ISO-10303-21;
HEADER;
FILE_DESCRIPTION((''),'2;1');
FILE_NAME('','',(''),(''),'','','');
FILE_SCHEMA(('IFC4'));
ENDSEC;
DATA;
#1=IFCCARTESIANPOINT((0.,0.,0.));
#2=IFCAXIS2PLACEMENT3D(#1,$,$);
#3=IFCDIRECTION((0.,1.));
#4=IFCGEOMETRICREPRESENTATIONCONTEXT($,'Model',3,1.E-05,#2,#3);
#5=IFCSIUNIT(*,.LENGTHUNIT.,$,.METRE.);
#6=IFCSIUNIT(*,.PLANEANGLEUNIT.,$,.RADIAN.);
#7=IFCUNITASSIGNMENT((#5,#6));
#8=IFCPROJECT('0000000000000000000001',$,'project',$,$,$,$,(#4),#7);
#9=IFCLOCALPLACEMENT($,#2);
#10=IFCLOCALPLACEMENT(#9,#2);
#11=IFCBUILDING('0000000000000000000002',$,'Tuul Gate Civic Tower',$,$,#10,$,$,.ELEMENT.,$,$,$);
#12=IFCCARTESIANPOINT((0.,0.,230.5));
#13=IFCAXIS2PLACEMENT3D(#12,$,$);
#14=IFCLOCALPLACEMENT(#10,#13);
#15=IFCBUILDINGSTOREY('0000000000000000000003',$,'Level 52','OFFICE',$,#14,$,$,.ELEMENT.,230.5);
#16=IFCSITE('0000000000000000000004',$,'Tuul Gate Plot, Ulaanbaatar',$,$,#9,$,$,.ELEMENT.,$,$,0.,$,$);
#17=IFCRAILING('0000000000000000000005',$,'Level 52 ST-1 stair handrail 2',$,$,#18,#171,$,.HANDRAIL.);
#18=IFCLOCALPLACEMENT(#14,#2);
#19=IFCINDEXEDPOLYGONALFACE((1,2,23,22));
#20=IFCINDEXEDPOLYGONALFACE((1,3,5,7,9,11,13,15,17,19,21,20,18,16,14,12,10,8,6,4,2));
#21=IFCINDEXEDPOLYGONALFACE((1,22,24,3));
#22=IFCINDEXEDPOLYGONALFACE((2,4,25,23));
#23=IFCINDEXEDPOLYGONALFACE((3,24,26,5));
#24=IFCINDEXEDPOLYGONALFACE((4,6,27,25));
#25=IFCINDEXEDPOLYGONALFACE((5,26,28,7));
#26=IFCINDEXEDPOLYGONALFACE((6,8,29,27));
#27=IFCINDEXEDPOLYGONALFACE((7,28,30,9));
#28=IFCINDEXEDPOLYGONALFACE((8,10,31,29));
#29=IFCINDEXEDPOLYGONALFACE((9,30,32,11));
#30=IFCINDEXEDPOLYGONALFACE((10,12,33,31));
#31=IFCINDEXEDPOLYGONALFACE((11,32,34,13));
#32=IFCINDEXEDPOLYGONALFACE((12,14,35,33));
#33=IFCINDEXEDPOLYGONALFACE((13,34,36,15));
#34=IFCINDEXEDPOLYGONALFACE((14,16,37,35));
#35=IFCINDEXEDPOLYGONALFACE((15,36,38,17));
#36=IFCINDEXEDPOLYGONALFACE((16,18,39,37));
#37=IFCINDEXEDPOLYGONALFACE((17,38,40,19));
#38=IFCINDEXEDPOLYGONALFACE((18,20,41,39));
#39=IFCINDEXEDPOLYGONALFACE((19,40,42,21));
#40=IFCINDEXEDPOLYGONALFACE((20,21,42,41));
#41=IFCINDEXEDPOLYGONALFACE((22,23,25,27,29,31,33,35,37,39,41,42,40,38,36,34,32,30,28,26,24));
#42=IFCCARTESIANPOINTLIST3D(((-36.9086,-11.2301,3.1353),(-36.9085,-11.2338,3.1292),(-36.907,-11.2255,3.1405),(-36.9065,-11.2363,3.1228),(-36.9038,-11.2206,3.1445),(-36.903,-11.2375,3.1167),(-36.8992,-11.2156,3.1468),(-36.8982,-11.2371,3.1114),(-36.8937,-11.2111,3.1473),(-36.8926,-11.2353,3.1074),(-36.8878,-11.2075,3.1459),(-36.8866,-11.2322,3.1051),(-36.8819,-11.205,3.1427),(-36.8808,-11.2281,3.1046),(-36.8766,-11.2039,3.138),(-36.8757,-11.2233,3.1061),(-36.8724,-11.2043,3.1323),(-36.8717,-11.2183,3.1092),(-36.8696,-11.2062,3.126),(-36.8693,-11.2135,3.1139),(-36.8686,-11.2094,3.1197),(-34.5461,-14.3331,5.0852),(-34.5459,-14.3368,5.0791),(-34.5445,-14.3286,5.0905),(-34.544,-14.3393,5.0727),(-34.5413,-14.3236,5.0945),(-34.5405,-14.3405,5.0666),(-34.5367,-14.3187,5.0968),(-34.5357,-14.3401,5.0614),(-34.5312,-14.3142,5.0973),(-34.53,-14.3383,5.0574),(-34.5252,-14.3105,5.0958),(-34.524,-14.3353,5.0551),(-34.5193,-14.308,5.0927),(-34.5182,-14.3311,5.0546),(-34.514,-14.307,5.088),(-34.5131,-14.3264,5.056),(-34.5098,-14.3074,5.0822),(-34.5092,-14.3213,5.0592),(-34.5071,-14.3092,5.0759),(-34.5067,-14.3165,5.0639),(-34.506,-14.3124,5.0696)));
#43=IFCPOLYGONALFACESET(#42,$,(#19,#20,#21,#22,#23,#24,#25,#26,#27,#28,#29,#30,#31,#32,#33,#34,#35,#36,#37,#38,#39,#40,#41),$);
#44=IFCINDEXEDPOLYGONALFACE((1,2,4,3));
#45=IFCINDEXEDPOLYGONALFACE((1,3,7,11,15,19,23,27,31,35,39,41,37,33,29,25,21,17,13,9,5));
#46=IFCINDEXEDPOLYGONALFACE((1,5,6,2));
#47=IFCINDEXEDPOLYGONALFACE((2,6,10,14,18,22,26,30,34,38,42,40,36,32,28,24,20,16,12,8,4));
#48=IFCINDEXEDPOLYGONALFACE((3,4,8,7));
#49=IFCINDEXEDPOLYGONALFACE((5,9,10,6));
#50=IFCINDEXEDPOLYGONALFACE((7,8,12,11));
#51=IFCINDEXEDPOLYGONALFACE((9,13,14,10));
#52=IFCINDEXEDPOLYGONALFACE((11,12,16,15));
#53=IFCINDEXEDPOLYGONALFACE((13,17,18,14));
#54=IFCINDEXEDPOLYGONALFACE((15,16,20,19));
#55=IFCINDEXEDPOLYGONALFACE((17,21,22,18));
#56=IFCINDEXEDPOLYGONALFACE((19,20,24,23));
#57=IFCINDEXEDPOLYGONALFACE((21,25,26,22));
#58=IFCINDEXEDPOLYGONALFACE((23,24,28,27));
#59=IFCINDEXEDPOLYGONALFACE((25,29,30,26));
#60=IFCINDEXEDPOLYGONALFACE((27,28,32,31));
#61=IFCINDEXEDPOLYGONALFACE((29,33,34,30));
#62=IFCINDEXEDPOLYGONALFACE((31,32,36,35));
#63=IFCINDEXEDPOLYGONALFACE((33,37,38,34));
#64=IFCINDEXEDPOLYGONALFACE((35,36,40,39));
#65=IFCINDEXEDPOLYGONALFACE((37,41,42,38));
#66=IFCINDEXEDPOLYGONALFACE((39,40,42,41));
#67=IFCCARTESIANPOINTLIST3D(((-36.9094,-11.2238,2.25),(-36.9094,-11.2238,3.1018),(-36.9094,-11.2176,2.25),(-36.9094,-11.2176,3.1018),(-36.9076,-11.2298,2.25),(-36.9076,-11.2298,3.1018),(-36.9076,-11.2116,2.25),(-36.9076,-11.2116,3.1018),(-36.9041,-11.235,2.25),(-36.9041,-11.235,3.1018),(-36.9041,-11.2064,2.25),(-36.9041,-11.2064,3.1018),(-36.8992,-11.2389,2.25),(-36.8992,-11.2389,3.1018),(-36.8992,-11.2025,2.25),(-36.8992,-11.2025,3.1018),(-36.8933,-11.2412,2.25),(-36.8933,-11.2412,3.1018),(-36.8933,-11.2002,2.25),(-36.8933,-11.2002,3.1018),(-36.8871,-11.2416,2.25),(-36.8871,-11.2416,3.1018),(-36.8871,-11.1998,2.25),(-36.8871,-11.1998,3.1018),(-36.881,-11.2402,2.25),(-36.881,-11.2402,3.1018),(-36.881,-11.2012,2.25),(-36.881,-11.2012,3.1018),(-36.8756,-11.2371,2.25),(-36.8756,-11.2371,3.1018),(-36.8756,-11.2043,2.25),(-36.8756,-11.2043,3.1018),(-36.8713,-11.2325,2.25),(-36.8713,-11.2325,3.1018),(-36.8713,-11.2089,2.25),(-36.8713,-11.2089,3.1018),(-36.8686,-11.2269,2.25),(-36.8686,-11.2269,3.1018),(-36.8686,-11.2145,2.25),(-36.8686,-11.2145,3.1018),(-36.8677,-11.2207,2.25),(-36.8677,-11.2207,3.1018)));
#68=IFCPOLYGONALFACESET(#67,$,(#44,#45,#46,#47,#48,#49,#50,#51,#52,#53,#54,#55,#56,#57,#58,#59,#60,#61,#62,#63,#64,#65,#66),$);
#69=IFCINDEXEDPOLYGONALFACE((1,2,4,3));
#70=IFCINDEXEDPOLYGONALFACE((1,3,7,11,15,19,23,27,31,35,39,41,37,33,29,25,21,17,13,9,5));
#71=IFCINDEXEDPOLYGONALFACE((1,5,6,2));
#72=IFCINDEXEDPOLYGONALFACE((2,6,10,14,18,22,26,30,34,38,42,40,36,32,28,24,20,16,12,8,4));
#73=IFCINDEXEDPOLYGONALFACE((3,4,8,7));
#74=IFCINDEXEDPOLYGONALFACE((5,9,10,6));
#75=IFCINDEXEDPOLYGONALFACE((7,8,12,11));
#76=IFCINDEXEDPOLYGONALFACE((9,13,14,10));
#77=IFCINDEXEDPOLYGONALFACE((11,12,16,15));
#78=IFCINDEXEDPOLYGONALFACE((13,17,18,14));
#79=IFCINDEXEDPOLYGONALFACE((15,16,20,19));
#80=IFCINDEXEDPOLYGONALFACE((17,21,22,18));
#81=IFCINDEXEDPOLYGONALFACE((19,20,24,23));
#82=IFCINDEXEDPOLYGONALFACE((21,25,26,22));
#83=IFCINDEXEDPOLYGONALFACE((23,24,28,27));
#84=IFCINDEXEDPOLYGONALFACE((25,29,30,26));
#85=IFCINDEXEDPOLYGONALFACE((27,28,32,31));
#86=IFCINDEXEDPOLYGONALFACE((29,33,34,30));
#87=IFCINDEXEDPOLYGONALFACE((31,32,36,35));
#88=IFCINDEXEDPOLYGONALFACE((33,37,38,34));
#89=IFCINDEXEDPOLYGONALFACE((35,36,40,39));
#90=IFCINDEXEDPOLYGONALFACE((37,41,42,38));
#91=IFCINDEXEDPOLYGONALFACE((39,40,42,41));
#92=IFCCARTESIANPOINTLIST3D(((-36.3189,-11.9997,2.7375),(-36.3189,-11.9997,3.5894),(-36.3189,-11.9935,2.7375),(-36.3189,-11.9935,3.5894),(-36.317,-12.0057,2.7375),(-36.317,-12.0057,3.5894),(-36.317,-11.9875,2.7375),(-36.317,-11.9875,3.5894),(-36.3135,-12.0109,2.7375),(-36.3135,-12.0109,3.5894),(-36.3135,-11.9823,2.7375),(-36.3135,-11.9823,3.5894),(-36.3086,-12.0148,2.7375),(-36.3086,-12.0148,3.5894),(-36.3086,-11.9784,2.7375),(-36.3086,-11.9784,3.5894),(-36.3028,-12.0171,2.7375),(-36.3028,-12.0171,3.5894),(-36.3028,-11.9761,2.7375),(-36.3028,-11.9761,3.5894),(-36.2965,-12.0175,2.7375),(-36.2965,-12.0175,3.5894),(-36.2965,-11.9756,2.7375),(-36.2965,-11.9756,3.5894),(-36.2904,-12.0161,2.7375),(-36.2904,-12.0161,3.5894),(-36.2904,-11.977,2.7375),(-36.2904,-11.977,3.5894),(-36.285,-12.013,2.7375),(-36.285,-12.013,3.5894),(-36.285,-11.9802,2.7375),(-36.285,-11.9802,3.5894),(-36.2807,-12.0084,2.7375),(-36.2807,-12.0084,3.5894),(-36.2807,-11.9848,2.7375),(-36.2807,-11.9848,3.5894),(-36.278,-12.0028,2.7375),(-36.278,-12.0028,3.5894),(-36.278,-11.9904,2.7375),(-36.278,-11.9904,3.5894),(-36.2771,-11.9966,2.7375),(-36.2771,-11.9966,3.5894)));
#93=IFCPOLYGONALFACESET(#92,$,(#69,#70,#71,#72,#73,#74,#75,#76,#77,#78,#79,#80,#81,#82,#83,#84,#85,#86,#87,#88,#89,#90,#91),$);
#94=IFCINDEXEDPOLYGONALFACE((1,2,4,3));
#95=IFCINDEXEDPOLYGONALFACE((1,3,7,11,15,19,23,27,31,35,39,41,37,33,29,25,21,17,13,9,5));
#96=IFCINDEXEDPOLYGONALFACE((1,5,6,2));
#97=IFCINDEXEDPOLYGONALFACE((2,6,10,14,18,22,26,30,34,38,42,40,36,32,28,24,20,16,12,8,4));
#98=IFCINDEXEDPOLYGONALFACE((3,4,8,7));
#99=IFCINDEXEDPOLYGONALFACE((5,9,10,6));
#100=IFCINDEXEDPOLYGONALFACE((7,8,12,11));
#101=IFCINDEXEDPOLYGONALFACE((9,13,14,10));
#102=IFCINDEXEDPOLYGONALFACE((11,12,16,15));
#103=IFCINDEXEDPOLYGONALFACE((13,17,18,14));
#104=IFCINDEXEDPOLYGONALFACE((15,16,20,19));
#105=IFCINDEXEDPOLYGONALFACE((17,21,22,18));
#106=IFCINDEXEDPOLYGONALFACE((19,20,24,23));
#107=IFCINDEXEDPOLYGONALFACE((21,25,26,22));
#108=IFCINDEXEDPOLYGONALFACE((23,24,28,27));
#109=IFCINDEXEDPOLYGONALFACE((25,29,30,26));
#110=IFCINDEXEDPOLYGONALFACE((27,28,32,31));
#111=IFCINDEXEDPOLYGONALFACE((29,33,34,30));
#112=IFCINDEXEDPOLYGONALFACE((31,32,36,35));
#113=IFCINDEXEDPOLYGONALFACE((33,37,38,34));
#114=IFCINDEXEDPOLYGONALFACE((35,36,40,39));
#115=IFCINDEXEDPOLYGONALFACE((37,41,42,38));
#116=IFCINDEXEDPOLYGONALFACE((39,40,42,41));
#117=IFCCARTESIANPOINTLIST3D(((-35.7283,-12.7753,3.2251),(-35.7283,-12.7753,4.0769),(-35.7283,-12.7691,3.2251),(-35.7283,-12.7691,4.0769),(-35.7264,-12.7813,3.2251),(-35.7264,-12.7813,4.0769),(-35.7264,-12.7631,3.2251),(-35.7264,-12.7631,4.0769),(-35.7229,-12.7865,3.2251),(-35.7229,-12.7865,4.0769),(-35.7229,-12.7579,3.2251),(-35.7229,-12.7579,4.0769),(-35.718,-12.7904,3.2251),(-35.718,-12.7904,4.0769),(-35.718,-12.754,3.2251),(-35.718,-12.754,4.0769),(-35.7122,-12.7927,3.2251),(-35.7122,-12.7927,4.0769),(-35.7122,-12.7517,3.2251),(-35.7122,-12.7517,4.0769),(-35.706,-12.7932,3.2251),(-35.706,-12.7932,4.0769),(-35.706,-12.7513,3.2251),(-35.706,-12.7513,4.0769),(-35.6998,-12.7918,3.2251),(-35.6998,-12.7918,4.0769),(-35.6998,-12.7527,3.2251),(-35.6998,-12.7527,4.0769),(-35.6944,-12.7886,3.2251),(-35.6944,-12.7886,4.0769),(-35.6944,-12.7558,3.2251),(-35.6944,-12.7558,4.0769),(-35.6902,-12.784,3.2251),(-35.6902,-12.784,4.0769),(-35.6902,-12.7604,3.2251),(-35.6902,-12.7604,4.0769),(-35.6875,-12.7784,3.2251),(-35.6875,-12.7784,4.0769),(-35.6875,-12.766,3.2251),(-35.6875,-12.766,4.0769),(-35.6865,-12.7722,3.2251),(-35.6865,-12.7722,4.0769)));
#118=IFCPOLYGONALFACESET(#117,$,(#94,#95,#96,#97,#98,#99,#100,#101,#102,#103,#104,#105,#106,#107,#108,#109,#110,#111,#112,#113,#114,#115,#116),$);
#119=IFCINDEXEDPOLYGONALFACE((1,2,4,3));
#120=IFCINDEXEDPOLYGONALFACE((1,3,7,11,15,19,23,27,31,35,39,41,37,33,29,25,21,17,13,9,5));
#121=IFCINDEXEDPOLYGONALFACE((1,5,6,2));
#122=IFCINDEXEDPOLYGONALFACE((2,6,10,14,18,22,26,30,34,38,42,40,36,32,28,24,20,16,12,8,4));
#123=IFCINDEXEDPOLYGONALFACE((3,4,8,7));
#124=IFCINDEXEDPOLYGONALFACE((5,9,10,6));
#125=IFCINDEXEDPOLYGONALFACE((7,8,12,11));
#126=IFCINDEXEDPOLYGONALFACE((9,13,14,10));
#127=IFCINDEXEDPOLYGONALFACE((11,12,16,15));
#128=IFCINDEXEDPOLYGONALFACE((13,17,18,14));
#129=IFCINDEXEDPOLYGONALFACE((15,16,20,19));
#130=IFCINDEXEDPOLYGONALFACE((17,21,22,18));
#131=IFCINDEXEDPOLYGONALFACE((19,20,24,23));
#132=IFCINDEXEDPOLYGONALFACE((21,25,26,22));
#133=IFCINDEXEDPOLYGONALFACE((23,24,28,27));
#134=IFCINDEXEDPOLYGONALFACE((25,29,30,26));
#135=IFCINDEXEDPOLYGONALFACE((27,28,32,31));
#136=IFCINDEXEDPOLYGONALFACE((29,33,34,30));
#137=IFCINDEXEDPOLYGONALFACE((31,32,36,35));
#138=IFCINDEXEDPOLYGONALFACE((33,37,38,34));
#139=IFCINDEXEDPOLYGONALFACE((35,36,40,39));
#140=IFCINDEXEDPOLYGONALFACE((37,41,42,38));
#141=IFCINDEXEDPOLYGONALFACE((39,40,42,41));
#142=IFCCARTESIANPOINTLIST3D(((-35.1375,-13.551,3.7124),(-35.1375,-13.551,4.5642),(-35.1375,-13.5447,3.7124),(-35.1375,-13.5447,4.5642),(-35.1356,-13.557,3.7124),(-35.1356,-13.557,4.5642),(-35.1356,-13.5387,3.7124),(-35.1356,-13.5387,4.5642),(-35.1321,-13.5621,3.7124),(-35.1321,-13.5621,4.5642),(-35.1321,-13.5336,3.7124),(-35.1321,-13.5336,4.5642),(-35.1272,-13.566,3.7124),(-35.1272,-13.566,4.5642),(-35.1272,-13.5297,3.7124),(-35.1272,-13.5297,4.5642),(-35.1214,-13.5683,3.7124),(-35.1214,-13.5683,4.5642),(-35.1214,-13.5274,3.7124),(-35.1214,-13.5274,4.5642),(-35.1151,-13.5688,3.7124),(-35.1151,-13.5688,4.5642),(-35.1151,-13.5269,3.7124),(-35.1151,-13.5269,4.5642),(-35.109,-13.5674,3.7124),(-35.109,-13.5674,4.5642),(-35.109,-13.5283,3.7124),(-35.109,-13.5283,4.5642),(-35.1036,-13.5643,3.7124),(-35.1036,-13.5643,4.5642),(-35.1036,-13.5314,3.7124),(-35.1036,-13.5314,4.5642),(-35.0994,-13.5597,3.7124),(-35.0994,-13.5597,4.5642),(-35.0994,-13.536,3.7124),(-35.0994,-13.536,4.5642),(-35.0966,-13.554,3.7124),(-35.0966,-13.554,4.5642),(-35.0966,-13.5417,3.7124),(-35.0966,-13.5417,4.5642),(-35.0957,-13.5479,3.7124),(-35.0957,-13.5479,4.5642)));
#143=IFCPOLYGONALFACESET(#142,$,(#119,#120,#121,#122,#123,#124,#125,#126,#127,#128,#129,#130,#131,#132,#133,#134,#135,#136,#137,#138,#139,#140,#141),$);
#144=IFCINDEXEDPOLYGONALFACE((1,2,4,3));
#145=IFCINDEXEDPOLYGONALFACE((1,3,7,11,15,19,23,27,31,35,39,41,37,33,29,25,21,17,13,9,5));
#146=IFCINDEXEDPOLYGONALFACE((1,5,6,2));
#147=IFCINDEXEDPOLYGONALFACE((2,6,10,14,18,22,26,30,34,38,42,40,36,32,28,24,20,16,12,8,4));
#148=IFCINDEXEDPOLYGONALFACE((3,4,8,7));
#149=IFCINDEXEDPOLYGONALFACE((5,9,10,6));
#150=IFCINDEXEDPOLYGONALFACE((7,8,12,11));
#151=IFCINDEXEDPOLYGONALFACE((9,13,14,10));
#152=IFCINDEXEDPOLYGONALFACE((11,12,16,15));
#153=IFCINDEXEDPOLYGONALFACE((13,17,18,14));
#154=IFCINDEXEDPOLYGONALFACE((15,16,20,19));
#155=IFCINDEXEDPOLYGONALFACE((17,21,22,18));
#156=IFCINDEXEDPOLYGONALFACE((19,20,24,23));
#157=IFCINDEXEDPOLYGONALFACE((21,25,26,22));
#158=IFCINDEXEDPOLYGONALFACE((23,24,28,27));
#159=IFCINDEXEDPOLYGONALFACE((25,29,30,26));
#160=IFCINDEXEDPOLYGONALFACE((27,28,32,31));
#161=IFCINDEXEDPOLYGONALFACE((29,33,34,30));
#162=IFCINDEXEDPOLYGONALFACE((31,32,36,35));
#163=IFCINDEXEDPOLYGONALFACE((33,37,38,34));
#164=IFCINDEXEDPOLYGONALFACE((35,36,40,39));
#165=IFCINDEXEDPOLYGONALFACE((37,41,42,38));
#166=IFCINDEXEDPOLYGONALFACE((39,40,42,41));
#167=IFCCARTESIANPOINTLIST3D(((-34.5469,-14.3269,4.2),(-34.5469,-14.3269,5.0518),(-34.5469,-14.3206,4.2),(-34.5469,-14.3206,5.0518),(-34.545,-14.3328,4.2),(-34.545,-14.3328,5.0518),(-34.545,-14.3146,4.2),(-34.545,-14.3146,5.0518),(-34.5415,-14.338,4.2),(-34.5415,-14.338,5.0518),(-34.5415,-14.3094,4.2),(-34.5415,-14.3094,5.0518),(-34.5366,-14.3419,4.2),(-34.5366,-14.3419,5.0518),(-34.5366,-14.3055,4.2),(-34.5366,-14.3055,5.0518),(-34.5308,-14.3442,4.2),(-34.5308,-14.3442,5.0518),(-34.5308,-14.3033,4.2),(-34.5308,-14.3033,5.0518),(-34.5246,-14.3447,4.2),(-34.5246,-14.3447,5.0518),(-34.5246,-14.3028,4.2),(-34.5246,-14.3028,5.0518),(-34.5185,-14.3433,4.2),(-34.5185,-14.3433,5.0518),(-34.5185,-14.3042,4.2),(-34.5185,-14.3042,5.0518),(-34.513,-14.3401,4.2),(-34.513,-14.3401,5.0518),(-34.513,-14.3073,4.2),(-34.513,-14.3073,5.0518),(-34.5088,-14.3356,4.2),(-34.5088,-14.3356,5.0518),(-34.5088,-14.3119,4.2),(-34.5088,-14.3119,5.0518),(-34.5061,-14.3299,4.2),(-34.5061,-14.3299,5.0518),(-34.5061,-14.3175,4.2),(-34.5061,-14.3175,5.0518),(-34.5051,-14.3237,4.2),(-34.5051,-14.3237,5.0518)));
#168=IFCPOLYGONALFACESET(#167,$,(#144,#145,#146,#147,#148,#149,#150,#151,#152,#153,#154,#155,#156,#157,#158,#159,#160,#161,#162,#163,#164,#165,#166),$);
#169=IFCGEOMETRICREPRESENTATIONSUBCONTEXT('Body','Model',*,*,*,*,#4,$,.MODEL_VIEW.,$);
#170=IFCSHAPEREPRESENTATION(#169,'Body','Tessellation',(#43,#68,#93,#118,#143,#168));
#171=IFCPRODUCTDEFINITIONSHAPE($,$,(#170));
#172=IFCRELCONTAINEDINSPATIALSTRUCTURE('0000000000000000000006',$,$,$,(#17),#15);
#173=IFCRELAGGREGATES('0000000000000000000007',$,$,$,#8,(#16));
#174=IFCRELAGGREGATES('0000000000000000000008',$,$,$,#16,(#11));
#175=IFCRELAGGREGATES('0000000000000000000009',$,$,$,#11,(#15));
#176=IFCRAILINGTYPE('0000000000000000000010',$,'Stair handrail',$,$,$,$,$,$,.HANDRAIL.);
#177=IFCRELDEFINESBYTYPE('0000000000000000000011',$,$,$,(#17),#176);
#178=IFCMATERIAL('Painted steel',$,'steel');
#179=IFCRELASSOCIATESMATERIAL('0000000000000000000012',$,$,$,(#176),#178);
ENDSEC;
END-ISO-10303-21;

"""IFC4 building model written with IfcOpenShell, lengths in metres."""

from ifc_helpers import new_model, si_unit, direction, frame, origin, origin_2d, place, context, subcontext, project, spatial, circle, extrude, material, type_object, element, save


model = new_model("IFC4")

# Units and contexts
model_context = context("Model", 3, precision=1e-05, world=origin(), true_north=direction((0.0, 1.0)))
body_context = subcontext(model_context, "Body", "Model", "MODEL_VIEW")
ifc_project = project(units=[si_unit("LENGTHUNIT", "METRE"), si_unit("PLANEANGLEUNIT", "RADIAN")], contexts=[model_context])

# Site, building, storey
site_placement = place(None, origin())
site = spatial("IfcSite", under=ifc_project, at=site_placement, Name="Tuul Gate Plot, Ulaanbaatar", CompositionType="ELEMENT", RefElevation=0.0)
building_placement = place(site_placement, origin())
building = spatial("IfcBuilding", under=site, at=building_placement, Name="Tuul Gate Civic Tower", CompositionType="ELEMENT")
storey_placement = place(building_placement, frame((0.0, 0.0, 230.5)))
storey = spatial("IfcBuildingStorey", under=building, at=storey_placement, Name="Level 52", Description="OFFICE", CompositionType="ELEMENT", Elevation=230.5)

# Railing
ifc_material_1 = material(Name="Painted steel", Category="steel")
railing_type_1 = type_object("IfcRailingType", Name="Stair handrail", PredefinedType="HANDRAIL", material=ifc_material_1)
railing_1_placement = place(storey_placement, frame((-36.8887, -11.2207, 2.25)))
element("IfcRailing", 1, at=railing_1_placement, inside=storey, type_object=railing_type_1, Name="Level 52 ST-1 stair handrail 2", PredefinedType="HANDRAIL", context=body_context, shape_type="SweptSolid", body=[
    extrude(circle(Radius=0.0239, at=origin_2d()), frame((0.0, 0.0, 0.876), z_axis=(0.541824, -0.711645, 0.4472), x_axis=(0.795637, 0.605773, 0.0)), (0.0, 0.0, 1.0), 4.3604),
    extrude(circle(Radius=0.021, at=origin_2d()), origin(), (0.0, 0.0, 1.0), 0.8518),
    extrude(circle(Radius=0.021, at=origin_2d()), frame((0.5906, -0.7759, 0.4875)), (0.0, 0.0, 1.0), 0.8518),
    extrude(circle(Radius=0.021, at=origin_2d()), frame((1.1812, -1.5515, 0.9751)), (0.0, 0.0, 1.0), 0.8518),
    extrude(circle(Radius=0.021, at=origin_2d()), frame((1.772, -2.3271, 1.4624)), (0.0, 0.0, 1.0), 0.8518),
    extrude(circle(Radius=0.021, at=origin_2d()), frame((2.3625, -3.103, 1.95)), (0.0, 0.0, 1.0), 0.8518),
])

save(model, "model.ifc")
